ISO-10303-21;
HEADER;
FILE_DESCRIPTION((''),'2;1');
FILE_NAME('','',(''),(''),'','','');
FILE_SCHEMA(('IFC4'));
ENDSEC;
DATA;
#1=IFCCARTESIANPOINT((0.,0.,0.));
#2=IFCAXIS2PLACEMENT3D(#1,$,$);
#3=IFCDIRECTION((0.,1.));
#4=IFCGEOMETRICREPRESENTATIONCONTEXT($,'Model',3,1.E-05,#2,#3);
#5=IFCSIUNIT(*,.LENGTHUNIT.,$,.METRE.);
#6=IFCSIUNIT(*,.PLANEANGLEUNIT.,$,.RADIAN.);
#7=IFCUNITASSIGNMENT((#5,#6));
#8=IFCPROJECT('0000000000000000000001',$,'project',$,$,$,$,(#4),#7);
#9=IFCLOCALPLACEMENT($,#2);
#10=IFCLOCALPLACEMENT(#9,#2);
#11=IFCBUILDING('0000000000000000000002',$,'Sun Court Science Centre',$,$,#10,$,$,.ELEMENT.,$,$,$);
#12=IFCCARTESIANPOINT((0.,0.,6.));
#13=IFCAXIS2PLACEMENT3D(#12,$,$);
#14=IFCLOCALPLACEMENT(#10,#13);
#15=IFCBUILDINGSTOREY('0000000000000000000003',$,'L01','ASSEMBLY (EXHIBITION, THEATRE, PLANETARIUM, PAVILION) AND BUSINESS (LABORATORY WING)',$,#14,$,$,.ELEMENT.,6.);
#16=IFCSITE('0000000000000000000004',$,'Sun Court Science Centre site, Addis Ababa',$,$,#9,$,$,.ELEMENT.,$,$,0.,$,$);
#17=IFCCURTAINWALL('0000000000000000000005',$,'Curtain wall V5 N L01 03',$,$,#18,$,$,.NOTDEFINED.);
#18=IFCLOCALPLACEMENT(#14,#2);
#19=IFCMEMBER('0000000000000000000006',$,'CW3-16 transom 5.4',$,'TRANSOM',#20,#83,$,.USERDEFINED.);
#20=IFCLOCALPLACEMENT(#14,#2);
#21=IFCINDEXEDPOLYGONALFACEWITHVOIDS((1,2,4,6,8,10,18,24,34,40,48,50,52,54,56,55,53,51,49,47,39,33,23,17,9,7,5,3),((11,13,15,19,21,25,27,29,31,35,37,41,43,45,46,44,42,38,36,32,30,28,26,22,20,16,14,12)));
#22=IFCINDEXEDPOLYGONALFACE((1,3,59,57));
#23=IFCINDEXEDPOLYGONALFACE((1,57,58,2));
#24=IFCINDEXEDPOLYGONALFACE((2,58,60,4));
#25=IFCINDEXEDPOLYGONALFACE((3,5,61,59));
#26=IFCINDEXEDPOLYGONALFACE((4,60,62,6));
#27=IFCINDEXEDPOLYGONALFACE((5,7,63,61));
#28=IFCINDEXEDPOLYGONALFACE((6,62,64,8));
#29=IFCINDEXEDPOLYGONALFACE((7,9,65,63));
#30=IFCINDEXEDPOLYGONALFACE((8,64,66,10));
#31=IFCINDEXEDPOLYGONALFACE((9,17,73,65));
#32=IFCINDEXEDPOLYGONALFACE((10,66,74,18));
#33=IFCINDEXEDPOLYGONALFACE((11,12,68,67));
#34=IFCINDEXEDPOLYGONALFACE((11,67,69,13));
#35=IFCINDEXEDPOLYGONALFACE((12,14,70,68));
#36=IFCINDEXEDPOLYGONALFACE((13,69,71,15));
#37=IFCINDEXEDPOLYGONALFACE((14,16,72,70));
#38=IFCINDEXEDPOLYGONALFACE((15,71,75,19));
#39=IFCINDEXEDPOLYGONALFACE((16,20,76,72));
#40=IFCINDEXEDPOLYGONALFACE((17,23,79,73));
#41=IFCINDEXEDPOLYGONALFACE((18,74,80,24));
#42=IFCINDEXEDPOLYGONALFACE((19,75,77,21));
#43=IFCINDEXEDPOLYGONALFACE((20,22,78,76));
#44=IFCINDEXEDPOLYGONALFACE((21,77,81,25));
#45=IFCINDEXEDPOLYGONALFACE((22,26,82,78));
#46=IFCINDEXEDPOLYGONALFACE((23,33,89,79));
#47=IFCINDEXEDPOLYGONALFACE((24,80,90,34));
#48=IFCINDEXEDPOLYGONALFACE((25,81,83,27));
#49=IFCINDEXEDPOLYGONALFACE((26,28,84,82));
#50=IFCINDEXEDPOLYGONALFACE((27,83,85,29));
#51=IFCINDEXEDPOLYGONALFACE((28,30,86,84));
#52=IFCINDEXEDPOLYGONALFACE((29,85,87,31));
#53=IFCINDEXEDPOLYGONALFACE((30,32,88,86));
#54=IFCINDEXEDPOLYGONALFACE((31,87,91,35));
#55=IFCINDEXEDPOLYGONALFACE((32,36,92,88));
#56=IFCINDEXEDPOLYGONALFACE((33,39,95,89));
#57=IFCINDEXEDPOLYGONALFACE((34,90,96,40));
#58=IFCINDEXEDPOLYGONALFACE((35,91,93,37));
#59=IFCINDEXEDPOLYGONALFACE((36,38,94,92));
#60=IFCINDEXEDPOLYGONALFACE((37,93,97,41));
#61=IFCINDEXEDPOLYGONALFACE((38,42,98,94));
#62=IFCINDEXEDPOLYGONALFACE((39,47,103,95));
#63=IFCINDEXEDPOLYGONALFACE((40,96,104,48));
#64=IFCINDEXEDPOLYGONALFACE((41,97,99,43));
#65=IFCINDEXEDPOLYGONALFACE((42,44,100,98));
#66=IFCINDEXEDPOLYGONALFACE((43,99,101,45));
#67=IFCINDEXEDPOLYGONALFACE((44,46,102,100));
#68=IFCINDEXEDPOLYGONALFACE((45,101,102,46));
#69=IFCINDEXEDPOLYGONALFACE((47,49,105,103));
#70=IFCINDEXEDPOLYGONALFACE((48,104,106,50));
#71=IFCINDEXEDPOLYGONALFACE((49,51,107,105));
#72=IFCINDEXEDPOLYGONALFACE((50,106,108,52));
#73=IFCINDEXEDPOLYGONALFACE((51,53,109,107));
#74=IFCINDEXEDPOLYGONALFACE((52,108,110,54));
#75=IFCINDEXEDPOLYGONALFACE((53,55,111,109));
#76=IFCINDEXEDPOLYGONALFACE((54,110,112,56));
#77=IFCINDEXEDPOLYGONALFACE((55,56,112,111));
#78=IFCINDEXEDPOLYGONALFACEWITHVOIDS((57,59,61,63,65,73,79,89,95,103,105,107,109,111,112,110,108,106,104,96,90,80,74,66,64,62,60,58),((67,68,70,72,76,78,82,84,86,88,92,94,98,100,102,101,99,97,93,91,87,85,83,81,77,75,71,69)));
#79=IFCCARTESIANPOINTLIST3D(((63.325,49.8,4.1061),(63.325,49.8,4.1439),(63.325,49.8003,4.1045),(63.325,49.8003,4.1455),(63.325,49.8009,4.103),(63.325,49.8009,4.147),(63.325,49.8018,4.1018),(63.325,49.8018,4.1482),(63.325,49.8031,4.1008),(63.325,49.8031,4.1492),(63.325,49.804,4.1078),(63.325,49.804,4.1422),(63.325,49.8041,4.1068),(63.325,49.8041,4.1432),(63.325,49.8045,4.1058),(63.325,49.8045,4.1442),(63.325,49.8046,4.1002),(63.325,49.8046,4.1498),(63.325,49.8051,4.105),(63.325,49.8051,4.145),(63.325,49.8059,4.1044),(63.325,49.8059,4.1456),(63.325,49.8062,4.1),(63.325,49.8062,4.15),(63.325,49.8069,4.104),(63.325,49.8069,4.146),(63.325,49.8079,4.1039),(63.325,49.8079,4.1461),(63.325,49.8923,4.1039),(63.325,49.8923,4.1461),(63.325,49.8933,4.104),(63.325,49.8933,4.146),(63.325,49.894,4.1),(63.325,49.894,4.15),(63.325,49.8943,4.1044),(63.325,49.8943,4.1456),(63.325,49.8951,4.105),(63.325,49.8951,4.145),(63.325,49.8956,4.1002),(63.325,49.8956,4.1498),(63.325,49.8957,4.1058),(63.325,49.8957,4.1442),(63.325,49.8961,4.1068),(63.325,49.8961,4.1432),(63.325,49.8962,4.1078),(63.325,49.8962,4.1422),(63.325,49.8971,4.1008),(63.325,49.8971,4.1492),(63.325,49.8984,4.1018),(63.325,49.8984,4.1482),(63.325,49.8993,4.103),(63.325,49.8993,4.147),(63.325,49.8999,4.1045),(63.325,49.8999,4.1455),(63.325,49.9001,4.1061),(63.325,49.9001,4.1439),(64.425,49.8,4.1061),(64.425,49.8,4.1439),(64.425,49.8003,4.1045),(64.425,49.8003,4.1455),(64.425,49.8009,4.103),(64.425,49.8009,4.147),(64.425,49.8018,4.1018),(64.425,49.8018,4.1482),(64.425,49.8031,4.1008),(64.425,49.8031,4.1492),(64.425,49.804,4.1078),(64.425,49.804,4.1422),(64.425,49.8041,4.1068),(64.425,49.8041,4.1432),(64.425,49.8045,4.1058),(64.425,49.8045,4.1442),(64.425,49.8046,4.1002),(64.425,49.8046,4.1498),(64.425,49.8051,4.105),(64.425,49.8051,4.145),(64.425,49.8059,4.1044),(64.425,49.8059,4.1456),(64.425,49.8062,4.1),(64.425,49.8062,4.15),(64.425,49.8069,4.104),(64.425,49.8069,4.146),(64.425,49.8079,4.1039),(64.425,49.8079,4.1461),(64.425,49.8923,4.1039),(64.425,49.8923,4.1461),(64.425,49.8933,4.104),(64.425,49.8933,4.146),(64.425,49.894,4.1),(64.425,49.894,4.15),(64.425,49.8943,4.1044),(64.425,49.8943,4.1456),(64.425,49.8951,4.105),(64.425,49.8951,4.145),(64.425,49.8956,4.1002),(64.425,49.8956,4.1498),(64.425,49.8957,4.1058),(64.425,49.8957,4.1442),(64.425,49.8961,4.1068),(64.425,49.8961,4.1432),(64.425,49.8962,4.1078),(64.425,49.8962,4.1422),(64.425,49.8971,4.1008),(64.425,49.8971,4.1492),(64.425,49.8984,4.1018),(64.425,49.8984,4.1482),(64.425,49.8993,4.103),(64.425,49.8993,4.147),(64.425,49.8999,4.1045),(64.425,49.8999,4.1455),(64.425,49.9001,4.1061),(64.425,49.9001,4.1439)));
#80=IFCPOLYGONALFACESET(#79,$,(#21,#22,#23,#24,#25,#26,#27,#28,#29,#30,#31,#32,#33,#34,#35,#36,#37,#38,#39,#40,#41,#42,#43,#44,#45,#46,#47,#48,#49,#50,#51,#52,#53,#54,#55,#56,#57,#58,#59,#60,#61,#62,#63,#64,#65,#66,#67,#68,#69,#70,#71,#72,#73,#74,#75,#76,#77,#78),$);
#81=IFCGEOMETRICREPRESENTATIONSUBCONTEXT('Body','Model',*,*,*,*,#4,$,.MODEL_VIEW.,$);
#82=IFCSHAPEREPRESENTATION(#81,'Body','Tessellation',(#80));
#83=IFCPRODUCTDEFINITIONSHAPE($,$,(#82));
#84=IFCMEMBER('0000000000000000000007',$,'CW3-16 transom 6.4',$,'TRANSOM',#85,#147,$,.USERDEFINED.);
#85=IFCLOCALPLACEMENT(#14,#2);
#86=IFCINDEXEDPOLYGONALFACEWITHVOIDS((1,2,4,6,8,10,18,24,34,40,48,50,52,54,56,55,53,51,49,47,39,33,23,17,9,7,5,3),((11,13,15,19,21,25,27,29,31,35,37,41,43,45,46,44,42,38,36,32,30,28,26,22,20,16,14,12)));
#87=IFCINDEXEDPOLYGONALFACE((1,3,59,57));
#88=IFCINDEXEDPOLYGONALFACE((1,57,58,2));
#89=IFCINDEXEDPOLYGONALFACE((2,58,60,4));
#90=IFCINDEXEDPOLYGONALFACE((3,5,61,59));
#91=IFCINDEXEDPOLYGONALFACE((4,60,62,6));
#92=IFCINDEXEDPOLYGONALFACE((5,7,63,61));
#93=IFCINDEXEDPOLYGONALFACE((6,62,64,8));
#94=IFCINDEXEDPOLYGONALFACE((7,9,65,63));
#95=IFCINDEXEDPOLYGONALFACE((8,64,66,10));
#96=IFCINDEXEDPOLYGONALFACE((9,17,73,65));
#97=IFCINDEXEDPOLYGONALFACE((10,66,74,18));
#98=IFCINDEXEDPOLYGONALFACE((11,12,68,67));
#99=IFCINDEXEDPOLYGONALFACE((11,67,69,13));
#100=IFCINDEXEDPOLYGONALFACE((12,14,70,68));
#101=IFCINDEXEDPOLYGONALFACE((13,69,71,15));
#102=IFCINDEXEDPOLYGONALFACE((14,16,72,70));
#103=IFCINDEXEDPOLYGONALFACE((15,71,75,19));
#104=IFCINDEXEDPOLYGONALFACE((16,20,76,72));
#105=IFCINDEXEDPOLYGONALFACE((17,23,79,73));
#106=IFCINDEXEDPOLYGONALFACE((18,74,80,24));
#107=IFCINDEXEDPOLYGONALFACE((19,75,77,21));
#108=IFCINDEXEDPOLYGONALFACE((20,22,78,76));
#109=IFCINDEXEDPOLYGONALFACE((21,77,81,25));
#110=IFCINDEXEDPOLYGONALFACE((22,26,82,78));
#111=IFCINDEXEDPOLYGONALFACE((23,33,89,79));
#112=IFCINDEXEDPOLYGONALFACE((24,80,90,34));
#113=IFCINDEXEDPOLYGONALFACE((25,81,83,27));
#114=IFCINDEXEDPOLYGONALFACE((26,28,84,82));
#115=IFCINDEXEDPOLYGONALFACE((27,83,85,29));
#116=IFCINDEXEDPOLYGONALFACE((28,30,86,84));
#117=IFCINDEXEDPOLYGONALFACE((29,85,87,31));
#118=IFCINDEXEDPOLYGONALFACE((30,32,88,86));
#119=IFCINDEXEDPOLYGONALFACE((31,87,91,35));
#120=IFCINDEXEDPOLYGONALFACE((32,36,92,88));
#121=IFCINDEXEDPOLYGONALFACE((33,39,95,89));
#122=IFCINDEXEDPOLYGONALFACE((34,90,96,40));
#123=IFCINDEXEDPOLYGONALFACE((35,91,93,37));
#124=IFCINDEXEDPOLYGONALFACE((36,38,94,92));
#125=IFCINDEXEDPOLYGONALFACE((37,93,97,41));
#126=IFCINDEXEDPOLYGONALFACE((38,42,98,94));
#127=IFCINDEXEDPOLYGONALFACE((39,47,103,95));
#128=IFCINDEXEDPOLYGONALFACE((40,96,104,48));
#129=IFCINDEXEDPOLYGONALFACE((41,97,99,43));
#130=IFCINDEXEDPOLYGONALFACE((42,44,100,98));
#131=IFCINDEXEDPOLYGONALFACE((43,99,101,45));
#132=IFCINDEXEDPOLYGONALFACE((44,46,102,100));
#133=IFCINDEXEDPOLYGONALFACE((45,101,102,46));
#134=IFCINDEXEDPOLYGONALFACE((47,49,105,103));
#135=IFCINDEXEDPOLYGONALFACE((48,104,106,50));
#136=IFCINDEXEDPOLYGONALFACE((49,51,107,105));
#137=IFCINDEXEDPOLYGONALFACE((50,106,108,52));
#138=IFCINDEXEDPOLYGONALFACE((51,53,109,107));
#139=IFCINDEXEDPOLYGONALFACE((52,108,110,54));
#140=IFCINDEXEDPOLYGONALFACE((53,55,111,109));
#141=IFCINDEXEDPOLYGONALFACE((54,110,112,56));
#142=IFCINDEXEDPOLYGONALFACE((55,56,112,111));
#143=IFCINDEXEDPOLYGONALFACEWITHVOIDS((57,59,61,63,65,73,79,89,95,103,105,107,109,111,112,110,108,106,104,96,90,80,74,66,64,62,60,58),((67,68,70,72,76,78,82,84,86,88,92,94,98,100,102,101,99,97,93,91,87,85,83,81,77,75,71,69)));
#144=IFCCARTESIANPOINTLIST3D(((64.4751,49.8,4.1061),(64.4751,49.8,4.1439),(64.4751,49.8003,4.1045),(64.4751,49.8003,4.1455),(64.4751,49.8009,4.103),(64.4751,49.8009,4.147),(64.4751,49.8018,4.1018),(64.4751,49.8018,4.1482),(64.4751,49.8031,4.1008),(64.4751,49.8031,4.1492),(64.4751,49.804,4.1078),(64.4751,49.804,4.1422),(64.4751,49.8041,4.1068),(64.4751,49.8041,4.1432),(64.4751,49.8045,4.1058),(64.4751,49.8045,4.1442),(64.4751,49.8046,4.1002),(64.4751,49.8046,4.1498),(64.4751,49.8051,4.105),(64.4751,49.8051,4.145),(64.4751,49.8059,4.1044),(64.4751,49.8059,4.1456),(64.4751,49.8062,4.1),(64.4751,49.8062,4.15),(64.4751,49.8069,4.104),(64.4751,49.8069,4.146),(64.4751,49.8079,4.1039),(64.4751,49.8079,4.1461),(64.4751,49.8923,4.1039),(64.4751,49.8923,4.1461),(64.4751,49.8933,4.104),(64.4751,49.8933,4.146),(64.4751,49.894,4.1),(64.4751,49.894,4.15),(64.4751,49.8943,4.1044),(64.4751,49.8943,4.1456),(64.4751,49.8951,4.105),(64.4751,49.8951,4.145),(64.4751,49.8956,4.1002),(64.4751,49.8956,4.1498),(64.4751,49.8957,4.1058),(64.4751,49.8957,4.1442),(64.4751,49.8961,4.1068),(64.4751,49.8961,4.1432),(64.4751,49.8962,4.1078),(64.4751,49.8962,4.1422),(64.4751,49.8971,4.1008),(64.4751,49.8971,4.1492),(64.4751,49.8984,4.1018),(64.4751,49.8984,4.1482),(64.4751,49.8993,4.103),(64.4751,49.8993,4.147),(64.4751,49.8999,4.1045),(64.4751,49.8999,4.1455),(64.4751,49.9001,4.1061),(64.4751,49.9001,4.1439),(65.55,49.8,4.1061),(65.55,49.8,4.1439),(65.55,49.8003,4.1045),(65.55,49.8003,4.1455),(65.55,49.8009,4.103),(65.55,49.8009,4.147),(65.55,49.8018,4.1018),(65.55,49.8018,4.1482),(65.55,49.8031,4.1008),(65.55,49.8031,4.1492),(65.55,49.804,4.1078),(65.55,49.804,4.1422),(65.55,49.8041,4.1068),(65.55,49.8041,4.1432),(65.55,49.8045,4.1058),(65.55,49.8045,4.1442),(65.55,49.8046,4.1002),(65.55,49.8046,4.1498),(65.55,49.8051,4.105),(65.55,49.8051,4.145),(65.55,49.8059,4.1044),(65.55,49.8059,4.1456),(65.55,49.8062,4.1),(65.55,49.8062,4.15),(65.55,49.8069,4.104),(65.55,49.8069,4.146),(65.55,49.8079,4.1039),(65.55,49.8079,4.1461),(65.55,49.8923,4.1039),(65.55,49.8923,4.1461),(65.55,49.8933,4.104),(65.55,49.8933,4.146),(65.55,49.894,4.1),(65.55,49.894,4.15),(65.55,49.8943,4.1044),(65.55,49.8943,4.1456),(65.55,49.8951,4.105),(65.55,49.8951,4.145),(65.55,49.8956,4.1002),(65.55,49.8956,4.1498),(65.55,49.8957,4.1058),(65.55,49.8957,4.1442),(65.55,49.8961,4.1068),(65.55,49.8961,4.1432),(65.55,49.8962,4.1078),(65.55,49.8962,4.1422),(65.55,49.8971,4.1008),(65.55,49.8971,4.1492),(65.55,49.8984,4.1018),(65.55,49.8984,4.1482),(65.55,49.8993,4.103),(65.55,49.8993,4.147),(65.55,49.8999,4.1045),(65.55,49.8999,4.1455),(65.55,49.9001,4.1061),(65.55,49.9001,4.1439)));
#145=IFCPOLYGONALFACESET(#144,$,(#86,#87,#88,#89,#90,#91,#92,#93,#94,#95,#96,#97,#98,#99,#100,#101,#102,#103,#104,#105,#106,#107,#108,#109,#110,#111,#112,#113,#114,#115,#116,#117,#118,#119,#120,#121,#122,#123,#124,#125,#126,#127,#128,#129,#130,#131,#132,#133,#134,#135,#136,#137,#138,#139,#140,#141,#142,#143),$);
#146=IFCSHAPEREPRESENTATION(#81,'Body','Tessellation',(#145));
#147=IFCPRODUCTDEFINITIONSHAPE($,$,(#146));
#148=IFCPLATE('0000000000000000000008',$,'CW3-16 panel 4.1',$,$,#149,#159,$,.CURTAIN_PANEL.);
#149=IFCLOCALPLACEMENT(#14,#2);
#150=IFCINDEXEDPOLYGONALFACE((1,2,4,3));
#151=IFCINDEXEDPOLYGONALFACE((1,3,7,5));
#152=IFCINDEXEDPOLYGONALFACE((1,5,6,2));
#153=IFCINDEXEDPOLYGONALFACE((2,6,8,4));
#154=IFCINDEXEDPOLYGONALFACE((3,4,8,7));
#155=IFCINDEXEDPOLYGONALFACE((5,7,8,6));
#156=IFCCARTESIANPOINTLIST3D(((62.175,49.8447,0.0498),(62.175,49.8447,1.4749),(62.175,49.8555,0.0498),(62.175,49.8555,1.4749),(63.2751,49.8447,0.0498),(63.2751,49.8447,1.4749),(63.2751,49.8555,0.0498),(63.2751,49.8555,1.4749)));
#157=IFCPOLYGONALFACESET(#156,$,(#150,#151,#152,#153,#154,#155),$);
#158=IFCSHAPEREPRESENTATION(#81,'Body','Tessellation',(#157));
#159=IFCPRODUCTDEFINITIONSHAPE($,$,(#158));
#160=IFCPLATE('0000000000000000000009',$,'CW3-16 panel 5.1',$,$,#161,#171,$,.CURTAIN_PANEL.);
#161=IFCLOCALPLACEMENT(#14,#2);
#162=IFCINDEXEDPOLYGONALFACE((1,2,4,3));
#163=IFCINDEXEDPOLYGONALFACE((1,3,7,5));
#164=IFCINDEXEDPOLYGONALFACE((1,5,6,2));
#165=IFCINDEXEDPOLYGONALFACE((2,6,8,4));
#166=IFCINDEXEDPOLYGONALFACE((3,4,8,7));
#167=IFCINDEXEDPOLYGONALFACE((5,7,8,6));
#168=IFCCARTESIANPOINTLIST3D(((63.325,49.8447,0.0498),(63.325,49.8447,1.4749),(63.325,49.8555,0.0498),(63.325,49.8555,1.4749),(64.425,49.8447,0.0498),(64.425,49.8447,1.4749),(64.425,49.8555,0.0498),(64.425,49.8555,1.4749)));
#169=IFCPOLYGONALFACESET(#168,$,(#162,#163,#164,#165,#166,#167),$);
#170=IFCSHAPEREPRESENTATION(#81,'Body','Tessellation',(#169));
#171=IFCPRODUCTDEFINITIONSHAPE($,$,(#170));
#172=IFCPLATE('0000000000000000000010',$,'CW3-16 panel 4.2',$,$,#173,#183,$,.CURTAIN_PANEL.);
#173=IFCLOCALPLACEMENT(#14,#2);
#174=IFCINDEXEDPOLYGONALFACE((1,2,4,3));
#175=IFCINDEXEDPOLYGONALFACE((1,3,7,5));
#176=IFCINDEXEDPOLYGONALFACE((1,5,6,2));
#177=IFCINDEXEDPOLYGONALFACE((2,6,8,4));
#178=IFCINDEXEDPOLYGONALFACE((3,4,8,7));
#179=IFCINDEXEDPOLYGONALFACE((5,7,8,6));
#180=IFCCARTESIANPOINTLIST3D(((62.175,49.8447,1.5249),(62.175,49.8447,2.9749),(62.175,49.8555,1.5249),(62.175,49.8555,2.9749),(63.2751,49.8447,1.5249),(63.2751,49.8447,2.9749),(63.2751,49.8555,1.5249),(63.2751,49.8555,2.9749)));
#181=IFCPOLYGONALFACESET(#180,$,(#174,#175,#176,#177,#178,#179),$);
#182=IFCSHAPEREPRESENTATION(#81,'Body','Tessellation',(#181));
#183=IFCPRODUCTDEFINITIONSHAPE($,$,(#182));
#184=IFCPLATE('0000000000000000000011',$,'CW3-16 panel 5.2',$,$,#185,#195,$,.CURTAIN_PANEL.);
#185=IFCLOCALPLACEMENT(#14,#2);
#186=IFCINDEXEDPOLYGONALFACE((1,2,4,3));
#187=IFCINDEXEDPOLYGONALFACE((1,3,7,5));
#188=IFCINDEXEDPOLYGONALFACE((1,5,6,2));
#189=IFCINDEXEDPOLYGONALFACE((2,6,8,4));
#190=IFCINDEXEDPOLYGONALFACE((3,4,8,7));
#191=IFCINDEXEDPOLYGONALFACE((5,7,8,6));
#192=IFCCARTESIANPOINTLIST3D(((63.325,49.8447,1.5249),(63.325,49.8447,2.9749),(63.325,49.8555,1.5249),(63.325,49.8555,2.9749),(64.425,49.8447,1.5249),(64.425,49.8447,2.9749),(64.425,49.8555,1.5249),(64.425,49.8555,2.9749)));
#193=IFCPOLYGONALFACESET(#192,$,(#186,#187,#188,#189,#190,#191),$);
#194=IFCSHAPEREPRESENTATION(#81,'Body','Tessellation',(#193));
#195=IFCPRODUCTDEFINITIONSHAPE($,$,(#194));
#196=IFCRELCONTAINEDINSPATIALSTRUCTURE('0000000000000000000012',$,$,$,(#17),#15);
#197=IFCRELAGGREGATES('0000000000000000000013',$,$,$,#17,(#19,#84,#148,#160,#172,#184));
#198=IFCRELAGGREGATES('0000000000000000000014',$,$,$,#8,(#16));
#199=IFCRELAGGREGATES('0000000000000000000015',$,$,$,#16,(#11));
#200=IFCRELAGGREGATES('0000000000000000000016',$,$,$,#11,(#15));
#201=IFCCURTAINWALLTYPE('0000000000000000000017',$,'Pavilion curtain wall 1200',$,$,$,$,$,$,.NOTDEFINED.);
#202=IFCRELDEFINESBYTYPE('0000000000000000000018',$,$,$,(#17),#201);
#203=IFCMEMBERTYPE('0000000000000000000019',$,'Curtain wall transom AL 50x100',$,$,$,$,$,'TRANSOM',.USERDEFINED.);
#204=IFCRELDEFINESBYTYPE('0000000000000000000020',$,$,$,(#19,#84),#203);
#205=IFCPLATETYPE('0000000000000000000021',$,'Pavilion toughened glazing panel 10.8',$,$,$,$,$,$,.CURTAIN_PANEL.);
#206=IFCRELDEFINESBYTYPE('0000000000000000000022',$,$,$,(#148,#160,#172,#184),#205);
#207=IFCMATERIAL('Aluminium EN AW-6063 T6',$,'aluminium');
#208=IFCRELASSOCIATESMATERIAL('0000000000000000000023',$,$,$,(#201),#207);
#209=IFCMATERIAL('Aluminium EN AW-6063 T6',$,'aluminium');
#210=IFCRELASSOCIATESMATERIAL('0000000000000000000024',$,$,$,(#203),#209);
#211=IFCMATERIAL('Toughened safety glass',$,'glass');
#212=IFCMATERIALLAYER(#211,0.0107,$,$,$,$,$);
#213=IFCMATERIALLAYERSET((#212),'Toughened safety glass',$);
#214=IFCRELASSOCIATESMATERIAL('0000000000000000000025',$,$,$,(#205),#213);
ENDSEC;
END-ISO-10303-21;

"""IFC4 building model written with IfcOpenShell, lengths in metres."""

from ifc_helpers import new_model, si_unit, direction, frame, origin, origin_2d, place, context, subcontext, project, spatial, rectangle, hollow_rectangle, extrude, material, layer, layer_set, material_profile, profile_set, type_object, element, aggregate, save


model = new_model("IFC4")

# Units and contexts
model_context = context("Model", 3, precision=1e-05, world=origin(), true_north=direction((0.0, 1.0)))
body_context = subcontext(model_context, "Body", "Model", "MODEL_VIEW")
ifc_project = project(units=[si_unit("LENGTHUNIT", "METRE"), si_unit("PLANEANGLEUNIT", "RADIAN")], contexts=[model_context])

# Site, building, storey
site_placement = place(None, origin())
site = spatial("IfcSite", under=ifc_project, at=site_placement, Name="Sun Court Science Centre site, Addis Ababa", CompositionType="ELEMENT", RefElevation=0.0)
building_placement = place(site_placement, origin())
building = spatial("IfcBuilding", under=site, at=building_placement, Name="Sun Court Science Centre", CompositionType="ELEMENT")
storey_placement = place(building_placement, frame((0.0, 0.0, 6.0)))
storey = spatial("IfcBuildingStorey", under=building, at=storey_placement, Name="L01", Description="ASSEMBLY (EXHIBITION, THEATRE, PLANETARIUM, PAVILION) AND BUSINESS (LABORATORY WING)", CompositionType="ELEMENT", Elevation=6.0)

# Curtain wall, members, plates
ifc_material_1 = material(Name="Aluminium EN AW-6063 T6", Category="aluminium")
curtain_wall_type = type_object("IfcCurtainWallType", Name="Pavilion curtain wall 1200", PredefinedType="NOTDEFINED", material=ifc_material_1)
curtain_wall_placement = place(storey_placement, origin())
curtain_wall = element("IfcCurtainWall", 1, at=curtain_wall_placement, inside=storey, type_object=curtain_wall_type, Name="Curtain wall V5 N L01 03", PredefinedType="NOTDEFINED")
ifc_material_2 = material(Name="Aluminium EN AW-6063 T6", Category="aluminium")
ifc_material_profile_1 = material_profile(ifc_material_2, hollow_rectangle(XDim=0.05, YDim=0.1001, WallThickness=0.0039, InnerFilletRadius=0.0039, OuterFilletRadius=0.0061, at=origin_2d()), Name="AL 50x100x4")
ifc_profile_set_1 = profile_set([ifc_material_profile_1], Name="Aluminium EN AW-6063 T6")
member_type_1 = type_object("IfcMemberType", Name="Curtain wall transom AL 50x100", ElementType="TRANSOM", PredefinedType="USERDEFINED", material=ifc_profile_set_1)
member_1_placement = place(storey_placement, frame((63.325, 49.8501, 4.125), z_axis=(1.0, 0.0, 0.0), x_axis=(0.0, 0.0, 1.0)))
member_1 = element("IfcMember", 2, at=member_1_placement, type_object=member_type_1, Name="CW3-16 transom 5.4", ObjectType="TRANSOM", PredefinedType="USERDEFINED", context=body_context, shape_type="SweptSolid", body=[
    extrude(hollow_rectangle(XDim=0.05, YDim=0.1001, WallThickness=0.0039, InnerFilletRadius=0.0039, OuterFilletRadius=0.0061, at=origin_2d()), origin(), (0.0, 0.0, 1.0), 1.1001),
])
member_2_placement = place(storey_placement, frame((64.4751, 49.8501, 4.125), z_axis=(1.0, 0.0, 0.0), x_axis=(0.0, 0.0, 1.0)))
member_2 = element("IfcMember", 3, at=member_2_placement, type_object=member_type_1, Name="CW3-16 transom 6.4", ObjectType="TRANSOM", PredefinedType="USERDEFINED", context=body_context, shape_type="SweptSolid", body=[
    extrude(hollow_rectangle(XDim=0.05, YDim=0.1001, WallThickness=0.0039, InnerFilletRadius=0.0039, OuterFilletRadius=0.0061, at=origin_2d()), origin(), (0.0, 0.0, 1.0), 1.075),
])
ifc_material_3 = material(Name="Toughened safety glass", Category="glass")
ifc_layer = layer(ifc_material_3, 0.0107)
ifc_layer_set = layer_set([ifc_layer], Name="Toughened safety glass")
plate_type = type_object("IfcPlateType", Name="Pavilion toughened glazing panel 10.8", PredefinedType="CURTAIN_PANEL", material=ifc_layer_set)
plate_1_placement = place(storey_placement, frame((62.7251, 49.8501, 0.0498), z_axis=(0.0, 0.0, 1.0), x_axis=(1.0, 0.0, 0.0)))
plate_1 = element("IfcPlate", 4, at=plate_1_placement, type_object=plate_type, Name="CW3-16 panel 4.1", PredefinedType="CURTAIN_PANEL", context=body_context, shape_type="SweptSolid", body=[
    extrude(rectangle(XDim=1.1001, YDim=0.0107, at=origin_2d()), origin(), (0.0, 0.0, 1.0), 1.425),
])
plate_2_placement = place(storey_placement, frame((63.875, 49.8501, 0.0498), z_axis=(0.0, 0.0, 1.0), x_axis=(1.0, 0.0, 0.0)))
plate_2 = element("IfcPlate", 5, at=plate_2_placement, type_object=plate_type, Name="CW3-16 panel 5.1", PredefinedType="CURTAIN_PANEL", context=body_context, shape_type="SweptSolid", body=[
    extrude(rectangle(XDim=1.1001, YDim=0.0107, at=origin_2d()), origin(), (0.0, 0.0, 1.0), 1.425),
])
plate_3_placement = place(storey_placement, frame((62.7251, 49.8501, 1.5249), z_axis=(0.0, 0.0, 1.0), x_axis=(1.0, 0.0, 0.0)))
plate_3 = element("IfcPlate", 6, at=plate_3_placement, type_object=plate_type, Name="CW3-16 panel 4.2", PredefinedType="CURTAIN_PANEL", context=body_context, shape_type="SweptSolid", body=[
    extrude(rectangle(XDim=1.1001, YDim=0.0107, at=origin_2d()), origin(), (0.0, 0.0, 1.0), 1.45),
])
plate_4_placement = place(storey_placement, frame((63.875, 49.8501, 1.5249), z_axis=(0.0, 0.0, 1.0), x_axis=(1.0, 0.0, 0.0)))
plate_4 = element("IfcPlate", 7, at=plate_4_placement, type_object=plate_type, Name="CW3-16 panel 5.2", PredefinedType="CURTAIN_PANEL", context=body_context, shape_type="SweptSolid", body=[
    extrude(rectangle(XDim=1.1001, YDim=0.0107, at=origin_2d()), origin(), (0.0, 0.0, 1.0), 1.45),
])
aggregate(curtain_wall, [member_1, member_2, plate_1, plate_2, plate_3, plate_4])

save(model, "model.ifc")
